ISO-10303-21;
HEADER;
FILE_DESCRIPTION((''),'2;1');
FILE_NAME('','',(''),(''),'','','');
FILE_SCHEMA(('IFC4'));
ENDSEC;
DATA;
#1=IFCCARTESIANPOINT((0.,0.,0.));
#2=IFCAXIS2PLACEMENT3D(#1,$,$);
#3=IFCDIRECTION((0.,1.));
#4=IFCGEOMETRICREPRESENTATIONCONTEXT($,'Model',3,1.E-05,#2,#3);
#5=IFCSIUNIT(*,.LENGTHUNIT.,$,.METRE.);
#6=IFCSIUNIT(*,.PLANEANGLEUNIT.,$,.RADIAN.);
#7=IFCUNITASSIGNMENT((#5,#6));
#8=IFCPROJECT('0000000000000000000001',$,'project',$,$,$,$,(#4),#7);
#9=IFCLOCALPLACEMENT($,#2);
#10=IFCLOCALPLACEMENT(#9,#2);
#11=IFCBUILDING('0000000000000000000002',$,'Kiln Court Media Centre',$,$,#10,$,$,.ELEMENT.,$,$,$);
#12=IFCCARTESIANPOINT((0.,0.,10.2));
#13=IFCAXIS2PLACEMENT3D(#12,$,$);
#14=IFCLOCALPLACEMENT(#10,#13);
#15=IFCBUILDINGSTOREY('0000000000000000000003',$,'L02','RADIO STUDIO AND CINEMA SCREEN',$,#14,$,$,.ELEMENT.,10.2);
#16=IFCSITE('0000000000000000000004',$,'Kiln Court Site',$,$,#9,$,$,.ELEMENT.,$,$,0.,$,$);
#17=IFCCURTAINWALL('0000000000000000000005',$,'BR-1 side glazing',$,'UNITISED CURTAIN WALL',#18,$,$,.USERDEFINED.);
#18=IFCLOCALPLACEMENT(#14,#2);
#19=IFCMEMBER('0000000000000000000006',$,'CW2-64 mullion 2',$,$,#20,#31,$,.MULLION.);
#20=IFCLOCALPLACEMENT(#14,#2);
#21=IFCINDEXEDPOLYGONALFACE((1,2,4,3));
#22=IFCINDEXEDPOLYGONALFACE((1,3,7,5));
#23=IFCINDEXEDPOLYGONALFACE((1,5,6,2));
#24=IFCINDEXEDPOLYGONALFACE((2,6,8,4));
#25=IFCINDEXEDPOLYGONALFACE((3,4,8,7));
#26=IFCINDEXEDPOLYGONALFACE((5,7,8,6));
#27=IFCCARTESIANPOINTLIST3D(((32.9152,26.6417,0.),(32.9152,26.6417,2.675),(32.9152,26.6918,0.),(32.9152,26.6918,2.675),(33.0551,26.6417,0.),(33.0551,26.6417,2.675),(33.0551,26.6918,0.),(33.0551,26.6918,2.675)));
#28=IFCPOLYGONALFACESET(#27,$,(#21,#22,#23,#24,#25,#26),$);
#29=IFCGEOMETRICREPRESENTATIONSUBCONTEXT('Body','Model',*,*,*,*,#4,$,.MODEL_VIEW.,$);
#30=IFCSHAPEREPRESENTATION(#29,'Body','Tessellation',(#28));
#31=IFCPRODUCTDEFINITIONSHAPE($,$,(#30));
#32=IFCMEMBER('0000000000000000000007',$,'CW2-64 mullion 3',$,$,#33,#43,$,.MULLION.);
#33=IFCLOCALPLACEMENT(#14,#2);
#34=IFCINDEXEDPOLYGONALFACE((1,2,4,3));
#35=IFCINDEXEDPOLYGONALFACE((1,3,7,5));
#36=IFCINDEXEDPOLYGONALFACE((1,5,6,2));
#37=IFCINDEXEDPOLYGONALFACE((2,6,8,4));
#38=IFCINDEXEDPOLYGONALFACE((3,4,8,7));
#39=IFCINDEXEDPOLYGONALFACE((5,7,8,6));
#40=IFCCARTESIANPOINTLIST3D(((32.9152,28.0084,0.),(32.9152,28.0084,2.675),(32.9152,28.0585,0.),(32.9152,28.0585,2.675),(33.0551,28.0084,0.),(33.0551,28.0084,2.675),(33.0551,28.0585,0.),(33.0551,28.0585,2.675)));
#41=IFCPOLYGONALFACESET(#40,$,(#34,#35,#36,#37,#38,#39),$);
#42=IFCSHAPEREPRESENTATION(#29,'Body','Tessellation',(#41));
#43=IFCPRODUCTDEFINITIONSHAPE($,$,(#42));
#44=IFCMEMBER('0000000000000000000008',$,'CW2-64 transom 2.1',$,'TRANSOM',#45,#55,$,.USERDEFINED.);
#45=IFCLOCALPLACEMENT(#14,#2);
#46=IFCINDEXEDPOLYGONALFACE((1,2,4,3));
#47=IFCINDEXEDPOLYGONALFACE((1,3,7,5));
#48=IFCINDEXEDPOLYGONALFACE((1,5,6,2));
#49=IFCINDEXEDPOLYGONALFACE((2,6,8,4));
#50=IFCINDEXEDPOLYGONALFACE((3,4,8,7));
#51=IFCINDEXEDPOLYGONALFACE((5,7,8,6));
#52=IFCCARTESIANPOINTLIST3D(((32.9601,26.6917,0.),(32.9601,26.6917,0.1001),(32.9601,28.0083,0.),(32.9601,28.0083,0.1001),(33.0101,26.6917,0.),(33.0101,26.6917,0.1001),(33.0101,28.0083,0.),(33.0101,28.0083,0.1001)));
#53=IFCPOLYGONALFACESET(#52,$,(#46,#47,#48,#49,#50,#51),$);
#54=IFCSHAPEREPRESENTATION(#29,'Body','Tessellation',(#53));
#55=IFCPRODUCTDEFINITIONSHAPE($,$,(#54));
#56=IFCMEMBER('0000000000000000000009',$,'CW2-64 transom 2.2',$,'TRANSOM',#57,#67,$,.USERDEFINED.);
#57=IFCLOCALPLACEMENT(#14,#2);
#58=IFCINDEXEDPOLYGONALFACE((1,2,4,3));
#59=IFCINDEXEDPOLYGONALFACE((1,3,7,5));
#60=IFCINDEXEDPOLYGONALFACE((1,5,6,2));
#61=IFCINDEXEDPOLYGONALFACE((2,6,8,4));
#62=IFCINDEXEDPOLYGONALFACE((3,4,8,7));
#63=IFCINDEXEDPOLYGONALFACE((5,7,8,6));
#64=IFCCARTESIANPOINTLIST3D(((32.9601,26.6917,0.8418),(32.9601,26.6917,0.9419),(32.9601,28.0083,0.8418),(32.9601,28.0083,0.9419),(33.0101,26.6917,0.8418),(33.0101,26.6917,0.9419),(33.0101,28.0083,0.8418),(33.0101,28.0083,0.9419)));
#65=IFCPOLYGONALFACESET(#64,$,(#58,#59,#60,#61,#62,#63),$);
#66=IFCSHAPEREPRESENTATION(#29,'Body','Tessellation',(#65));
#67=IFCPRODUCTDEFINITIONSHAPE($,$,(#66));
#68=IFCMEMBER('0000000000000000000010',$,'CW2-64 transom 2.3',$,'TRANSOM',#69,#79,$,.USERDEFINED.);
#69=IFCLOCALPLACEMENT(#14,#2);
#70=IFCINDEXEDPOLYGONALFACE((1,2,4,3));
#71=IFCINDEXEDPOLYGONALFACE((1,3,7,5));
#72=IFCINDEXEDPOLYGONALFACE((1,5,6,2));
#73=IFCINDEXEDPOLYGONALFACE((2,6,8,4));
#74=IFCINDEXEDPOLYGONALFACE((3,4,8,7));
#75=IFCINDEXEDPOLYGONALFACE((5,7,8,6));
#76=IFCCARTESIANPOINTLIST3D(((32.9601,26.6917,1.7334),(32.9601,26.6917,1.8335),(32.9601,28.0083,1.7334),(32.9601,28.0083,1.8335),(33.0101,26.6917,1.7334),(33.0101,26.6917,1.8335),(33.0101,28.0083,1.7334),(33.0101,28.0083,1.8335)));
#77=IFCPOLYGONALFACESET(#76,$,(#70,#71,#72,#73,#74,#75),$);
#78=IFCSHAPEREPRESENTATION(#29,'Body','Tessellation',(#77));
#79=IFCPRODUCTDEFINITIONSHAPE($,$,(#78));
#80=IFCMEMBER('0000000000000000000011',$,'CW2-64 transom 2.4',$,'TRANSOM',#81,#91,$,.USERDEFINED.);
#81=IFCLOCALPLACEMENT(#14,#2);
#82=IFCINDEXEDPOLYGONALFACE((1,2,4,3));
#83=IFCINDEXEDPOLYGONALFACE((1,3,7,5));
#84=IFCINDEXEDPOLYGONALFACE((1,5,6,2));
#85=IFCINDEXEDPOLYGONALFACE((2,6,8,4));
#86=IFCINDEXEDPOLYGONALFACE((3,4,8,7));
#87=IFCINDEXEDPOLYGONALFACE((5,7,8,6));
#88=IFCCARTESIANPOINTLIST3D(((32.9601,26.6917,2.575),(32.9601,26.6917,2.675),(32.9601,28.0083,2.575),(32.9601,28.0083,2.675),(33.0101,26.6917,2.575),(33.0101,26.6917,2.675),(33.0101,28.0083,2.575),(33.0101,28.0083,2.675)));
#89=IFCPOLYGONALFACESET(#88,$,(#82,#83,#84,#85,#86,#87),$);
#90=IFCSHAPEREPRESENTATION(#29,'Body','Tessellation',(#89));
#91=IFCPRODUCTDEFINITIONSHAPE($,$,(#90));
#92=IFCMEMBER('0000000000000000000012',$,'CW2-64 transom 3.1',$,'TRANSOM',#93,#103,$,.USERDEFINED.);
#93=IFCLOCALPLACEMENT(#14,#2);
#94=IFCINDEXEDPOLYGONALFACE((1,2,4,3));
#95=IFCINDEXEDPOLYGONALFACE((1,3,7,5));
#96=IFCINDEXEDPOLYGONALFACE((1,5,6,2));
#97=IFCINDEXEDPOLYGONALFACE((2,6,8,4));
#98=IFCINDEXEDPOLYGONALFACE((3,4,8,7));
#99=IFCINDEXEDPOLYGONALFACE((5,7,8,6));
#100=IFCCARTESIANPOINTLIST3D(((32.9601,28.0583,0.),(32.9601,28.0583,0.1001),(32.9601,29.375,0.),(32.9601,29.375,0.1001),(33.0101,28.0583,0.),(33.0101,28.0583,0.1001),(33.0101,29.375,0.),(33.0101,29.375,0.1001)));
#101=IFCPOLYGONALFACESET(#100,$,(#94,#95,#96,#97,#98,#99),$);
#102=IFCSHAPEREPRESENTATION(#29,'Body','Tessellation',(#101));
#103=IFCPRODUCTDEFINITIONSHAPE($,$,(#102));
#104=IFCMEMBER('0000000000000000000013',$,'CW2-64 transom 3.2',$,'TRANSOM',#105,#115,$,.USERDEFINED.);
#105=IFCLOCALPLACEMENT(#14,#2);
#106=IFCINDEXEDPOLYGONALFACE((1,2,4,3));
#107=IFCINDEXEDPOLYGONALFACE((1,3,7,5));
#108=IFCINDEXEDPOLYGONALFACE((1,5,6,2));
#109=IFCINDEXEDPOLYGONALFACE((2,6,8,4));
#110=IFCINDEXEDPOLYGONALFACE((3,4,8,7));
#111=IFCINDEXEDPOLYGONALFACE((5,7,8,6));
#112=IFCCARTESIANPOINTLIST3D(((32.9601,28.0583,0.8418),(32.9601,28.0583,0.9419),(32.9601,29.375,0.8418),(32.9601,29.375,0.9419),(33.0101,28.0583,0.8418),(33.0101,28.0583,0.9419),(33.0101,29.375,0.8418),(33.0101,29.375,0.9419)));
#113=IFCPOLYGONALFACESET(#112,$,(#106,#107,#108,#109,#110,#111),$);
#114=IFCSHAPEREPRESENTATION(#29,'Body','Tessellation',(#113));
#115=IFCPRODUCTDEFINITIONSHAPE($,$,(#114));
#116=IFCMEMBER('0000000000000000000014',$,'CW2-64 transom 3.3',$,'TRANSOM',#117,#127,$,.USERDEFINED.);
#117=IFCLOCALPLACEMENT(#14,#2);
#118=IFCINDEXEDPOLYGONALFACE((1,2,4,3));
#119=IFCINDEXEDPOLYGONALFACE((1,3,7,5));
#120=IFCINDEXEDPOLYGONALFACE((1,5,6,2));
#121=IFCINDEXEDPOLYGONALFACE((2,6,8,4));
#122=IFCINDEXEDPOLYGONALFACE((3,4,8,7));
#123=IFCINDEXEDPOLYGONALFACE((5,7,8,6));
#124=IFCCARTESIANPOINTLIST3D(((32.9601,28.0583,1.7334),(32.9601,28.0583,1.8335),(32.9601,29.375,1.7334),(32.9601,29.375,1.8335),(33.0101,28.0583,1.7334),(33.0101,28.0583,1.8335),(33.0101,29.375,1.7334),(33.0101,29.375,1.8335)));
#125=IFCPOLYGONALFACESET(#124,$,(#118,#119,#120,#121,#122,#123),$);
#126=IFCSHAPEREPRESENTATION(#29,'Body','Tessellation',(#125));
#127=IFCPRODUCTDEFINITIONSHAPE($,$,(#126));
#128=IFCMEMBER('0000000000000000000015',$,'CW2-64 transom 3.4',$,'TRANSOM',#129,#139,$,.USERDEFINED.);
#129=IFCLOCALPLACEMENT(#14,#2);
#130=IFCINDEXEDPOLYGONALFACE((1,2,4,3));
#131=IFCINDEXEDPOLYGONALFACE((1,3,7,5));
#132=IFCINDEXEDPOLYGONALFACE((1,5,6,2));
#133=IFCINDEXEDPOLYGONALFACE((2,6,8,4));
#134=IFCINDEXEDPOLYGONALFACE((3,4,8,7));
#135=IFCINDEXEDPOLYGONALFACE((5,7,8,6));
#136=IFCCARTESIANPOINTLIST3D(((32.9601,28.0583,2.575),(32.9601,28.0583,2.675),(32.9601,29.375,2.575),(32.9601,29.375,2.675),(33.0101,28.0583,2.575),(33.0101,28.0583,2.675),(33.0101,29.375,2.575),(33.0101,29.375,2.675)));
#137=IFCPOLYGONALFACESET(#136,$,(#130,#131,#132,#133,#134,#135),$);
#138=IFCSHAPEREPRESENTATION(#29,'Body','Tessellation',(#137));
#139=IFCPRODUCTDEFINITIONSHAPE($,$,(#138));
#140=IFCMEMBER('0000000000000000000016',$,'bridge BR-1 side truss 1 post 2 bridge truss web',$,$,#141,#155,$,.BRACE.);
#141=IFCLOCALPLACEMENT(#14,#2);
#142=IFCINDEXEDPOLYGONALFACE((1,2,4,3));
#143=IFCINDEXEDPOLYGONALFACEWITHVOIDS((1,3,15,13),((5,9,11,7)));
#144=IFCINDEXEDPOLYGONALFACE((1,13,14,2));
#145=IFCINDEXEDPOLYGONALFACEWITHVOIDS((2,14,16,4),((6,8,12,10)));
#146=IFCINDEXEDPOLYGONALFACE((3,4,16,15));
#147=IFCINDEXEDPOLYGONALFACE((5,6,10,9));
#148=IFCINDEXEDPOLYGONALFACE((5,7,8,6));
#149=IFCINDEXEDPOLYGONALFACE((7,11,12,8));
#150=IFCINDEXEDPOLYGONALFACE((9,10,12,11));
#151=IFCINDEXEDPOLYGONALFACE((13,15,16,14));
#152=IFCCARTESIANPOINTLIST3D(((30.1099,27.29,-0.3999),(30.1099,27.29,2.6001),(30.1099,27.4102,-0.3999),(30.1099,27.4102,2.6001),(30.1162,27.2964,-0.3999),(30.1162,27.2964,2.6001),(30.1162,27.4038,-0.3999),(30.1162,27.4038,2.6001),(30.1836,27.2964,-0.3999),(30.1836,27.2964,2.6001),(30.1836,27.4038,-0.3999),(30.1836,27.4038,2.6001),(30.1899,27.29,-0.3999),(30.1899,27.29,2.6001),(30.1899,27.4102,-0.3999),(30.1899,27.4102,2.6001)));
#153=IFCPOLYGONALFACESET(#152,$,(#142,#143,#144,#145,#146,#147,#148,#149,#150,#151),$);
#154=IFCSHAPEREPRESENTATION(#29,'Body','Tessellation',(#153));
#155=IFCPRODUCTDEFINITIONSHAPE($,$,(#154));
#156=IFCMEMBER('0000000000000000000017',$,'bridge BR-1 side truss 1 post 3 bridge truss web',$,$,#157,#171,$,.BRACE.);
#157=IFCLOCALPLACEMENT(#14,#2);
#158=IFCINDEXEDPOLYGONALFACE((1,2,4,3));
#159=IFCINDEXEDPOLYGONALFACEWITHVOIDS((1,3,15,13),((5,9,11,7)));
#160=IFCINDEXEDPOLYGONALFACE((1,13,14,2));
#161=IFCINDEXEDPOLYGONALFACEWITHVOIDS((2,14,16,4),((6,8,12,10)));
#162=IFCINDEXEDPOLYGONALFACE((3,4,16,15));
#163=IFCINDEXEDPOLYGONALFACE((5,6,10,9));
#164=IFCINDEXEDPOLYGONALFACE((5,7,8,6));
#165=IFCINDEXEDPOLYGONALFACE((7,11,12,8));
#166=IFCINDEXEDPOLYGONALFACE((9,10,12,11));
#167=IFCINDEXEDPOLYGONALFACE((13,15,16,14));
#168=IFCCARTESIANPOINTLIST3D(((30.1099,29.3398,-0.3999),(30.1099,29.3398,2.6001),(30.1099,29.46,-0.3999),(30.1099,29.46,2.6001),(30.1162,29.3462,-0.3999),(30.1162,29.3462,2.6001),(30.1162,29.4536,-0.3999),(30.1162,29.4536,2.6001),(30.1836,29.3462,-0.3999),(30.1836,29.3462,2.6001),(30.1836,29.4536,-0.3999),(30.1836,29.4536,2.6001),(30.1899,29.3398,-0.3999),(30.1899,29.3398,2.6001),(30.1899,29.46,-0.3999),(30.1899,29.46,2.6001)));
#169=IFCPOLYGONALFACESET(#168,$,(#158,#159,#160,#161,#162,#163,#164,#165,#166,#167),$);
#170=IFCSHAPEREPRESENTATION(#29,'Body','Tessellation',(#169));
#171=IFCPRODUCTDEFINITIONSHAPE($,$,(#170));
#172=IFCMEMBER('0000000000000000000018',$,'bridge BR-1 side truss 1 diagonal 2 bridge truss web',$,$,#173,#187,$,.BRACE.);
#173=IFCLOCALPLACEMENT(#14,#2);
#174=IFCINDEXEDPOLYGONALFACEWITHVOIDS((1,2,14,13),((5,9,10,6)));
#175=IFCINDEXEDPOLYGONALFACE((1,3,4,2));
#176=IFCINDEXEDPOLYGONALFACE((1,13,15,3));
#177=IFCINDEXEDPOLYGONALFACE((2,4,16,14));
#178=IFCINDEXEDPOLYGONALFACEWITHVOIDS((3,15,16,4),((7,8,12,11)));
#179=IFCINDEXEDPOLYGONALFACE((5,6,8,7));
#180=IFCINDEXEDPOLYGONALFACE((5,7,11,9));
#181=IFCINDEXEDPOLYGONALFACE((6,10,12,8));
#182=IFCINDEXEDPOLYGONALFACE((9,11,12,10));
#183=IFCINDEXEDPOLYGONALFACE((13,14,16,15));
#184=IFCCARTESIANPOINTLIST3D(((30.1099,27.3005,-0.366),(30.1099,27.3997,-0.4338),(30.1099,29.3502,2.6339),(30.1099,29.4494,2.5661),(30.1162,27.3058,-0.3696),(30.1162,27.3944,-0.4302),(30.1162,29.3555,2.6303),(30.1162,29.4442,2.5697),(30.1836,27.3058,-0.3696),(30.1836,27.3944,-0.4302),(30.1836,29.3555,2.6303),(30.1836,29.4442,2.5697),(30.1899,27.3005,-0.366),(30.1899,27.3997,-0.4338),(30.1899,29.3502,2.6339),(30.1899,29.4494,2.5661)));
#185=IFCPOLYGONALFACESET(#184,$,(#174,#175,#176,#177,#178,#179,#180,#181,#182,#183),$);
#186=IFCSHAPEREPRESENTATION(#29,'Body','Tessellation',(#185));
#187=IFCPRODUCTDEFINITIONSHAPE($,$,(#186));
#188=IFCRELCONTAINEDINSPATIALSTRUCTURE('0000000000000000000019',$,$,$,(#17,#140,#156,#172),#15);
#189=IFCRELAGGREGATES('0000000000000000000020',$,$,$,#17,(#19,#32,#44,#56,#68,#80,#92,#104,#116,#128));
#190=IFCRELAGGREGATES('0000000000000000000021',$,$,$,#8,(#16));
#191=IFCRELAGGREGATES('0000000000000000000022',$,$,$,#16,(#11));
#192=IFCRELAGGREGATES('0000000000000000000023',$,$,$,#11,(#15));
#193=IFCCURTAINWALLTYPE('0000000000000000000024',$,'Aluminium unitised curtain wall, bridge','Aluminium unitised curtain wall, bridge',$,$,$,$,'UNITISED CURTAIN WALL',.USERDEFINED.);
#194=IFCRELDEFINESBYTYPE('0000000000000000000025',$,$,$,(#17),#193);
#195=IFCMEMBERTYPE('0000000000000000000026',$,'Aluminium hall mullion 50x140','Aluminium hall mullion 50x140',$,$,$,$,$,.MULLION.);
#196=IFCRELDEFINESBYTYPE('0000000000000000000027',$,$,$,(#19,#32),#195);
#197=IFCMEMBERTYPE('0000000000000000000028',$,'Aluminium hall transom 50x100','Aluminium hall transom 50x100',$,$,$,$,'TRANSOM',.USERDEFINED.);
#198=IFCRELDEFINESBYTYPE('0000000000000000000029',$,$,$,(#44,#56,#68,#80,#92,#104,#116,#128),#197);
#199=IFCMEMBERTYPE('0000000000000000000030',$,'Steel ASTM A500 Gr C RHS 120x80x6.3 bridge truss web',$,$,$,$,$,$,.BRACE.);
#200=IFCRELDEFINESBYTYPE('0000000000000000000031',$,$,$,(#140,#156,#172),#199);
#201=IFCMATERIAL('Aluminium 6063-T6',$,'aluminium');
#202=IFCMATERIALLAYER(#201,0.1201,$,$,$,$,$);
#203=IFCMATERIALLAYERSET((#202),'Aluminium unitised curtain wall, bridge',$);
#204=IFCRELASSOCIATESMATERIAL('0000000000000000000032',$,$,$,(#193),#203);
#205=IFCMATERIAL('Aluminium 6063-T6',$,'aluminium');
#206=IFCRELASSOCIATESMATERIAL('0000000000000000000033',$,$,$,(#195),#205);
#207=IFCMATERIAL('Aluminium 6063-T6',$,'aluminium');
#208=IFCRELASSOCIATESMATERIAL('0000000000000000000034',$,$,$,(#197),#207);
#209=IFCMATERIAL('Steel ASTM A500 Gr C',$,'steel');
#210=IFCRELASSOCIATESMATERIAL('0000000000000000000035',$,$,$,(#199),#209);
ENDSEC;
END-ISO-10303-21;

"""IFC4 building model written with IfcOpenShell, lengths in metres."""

from ifc_helpers import new_model, si_unit, direction, frame, origin, origin_2d, place, context, subcontext, project, spatial, rectangle, hollow_rectangle, extrude, material, layer, layer_set, material_profile, profile_set, type_object, element, aggregate, save


model = new_model("IFC4")

# Units and contexts
model_context = context("Model", 3, precision=1e-05, world=origin(), true_north=direction((0.0, 1.0)))
body_context = subcontext(model_context, "Body", "Model", "MODEL_VIEW")
ifc_project = project(units=[si_unit("LENGTHUNIT", "METRE"), si_unit("PLANEANGLEUNIT", "RADIAN")], contexts=[model_context])

# Site, building, storey
site_placement = place(None, origin())
site = spatial("IfcSite", under=ifc_project, at=site_placement, Name="Kiln Court Site", CompositionType="ELEMENT", RefElevation=0.0)
building_placement = place(site_placement, origin())
building = spatial("IfcBuilding", under=site, at=building_placement, Name="Kiln Court Media Centre", CompositionType="ELEMENT")
storey_placement = place(building_placement, frame((0.0, 0.0, 10.2)))
storey = spatial("IfcBuildingStorey", under=building, at=storey_placement, Name="L02", Description="RADIO STUDIO AND CINEMA SCREEN", CompositionType="ELEMENT", Elevation=10.2)

# Curtain wall, members
ifc_material_1 = material(Name="Aluminium 6063-T6", Category="aluminium")
ifc_layer_1 = layer(ifc_material_1, 0.1201)
ifc_layer_set_1 = layer_set([ifc_layer_1], Name="Aluminium unitised curtain wall, bridge")
curtain_wall_type = type_object("IfcCurtainWallType", Name="Aluminium unitised curtain wall, bridge", Description="Aluminium unitised curtain wall, bridge", ElementType="UNITISED CURTAIN WALL", PredefinedType="USERDEFINED", material=ifc_layer_set_1)
curtain_wall_placement = place(storey_placement, origin())
curtain_wall = element("IfcCurtainWall", 1, at=curtain_wall_placement, inside=storey, type_object=curtain_wall_type, Name="BR-1 side glazing", ObjectType="UNITISED CURTAIN WALL", PredefinedType="USERDEFINED")
ifc_material_2 = material(Name="Aluminium 6063-T6", Category="aluminium")
ifc_material_profile_1 = material_profile(ifc_material_2, rectangle(XDim=0.05, YDim=0.1399, at=origin_2d()), Name="Aluminium hall mullion 50x140")
ifc_profile_set_1 = profile_set([ifc_material_profile_1], Name="Aluminium 6063-T6")
member_type_1 = type_object("IfcMemberType", Name="Aluminium hall mullion 50x140", Description="Aluminium hall mullion 50x140", PredefinedType="MULLION", material=ifc_profile_set_1)
member_1_placement = place(storey_placement, frame((32.9851, 26.6667, 0.0), z_axis=(0.0, 0.0, 1.0), x_axis=(0.0, 1.0, 0.0)))
member_1 = element("IfcMember", 2, at=member_1_placement, type_object=member_type_1, Name="CW2-64 mullion 2", PredefinedType="MULLION", context=body_context, shape_type="SweptSolid", body=[
    extrude(rectangle(XDim=0.05, YDim=0.1399, at=origin_2d()), origin(), (0.0, 0.0, 1.0), 2.675),
])
member_2_placement = place(storey_placement, frame((32.9851, 28.0334, 0.0), z_axis=(0.0, 0.0, 1.0), x_axis=(0.0, 1.0, 0.0)))
member_2 = element("IfcMember", 3, at=member_2_placement, type_object=member_type_1, Name="CW2-64 mullion 3", PredefinedType="MULLION", context=body_context, shape_type="SweptSolid", body=[
    extrude(rectangle(XDim=0.05, YDim=0.1399, at=origin_2d()), origin(), (0.0, 0.0, 1.0), 2.675),
])
ifc_material_3 = material(Name="Aluminium 6063-T6", Category="aluminium")
ifc_material_profile_2 = material_profile(ifc_material_3, rectangle(XDim=0.05, YDim=0.1001, at=origin_2d()), Name="Aluminium hall transom 50x100")
ifc_profile_set_2 = profile_set([ifc_material_profile_2], Name="Aluminium 6063-T6")
member_type_2 = type_object("IfcMemberType", Name="Aluminium hall transom 50x100", Description="Aluminium hall transom 50x100", ElementType="TRANSOM", PredefinedType="USERDEFINED", material=ifc_profile_set_2)
member_3_placement = place(storey_placement, frame((32.9851, 26.6917, 0.05), z_axis=(0.0, 1.0, 0.0), x_axis=(-1.0, 0.0, 0.0)))
member_3 = element("IfcMember", 4, at=member_3_placement, type_object=member_type_2, Name="CW2-64 transom 2.1", ObjectType="TRANSOM", PredefinedType="USERDEFINED", context=body_context, shape_type="SweptSolid", body=[
    extrude(rectangle(XDim=0.05, YDim=0.1001, at=origin_2d()), origin(), (0.0, 0.0, 1.0), 1.3167),
])
member_4_placement = place(storey_placement, frame((32.9851, 26.6917, 0.8918), z_axis=(0.0, 1.0, 0.0), x_axis=(-1.0, 0.0, 0.0)))
member_4 = element("IfcMember", 5, at=member_4_placement, type_object=member_type_2, Name="CW2-64 transom 2.2", ObjectType="TRANSOM", PredefinedType="USERDEFINED", context=body_context, shape_type="SweptSolid", body=[
    extrude(rectangle(XDim=0.05, YDim=0.1001, at=origin_2d()), origin(), (0.0, 0.0, 1.0), 1.3167),
])
member_5_placement = place(storey_placement, frame((32.9851, 26.6917, 1.7834), z_axis=(0.0, 1.0, 0.0), x_axis=(-1.0, 0.0, 0.0)))
member_5 = element("IfcMember", 6, at=member_5_placement, type_object=member_type_2, Name="CW2-64 transom 2.3", ObjectType="TRANSOM", PredefinedType="USERDEFINED", context=body_context, shape_type="SweptSolid", body=[
    extrude(rectangle(XDim=0.05, YDim=0.1001, at=origin_2d()), origin(), (0.0, 0.0, 1.0), 1.3167),
])
member_6_placement = place(storey_placement, frame((32.9851, 26.6917, 2.625), z_axis=(0.0, 1.0, 0.0), x_axis=(-1.0, 0.0, 0.0)))
member_6 = element("IfcMember", 7, at=member_6_placement, type_object=member_type_2, Name="CW2-64 transom 2.4", ObjectType="TRANSOM", PredefinedType="USERDEFINED", context=body_context, shape_type="SweptSolid", body=[
    extrude(rectangle(XDim=0.05, YDim=0.1001, at=origin_2d()), origin(), (0.0, 0.0, 1.0), 1.3167),
])
member_7_placement = place(storey_placement, frame((32.9851, 28.0583, 0.05), z_axis=(0.0, 1.0, 0.0), x_axis=(-1.0, 0.0, 0.0)))
member_7 = element("IfcMember", 8, at=member_7_placement, type_object=member_type_2, Name="CW2-64 transom 3.1", ObjectType="TRANSOM", PredefinedType="USERDEFINED", context=body_context, shape_type="SweptSolid", body=[
    extrude(rectangle(XDim=0.05, YDim=0.1001, at=origin_2d()), origin(), (0.0, 0.0, 1.0), 1.3167),
])
member_8_placement = place(storey_placement, frame((32.9851, 28.0583, 0.8918), z_axis=(0.0, 1.0, 0.0), x_axis=(-1.0, 0.0, 0.0)))
member_8 = element("IfcMember", 9, at=member_8_placement, type_object=member_type_2, Name="CW2-64 transom 3.2", ObjectType="TRANSOM", PredefinedType="USERDEFINED", context=body_context, shape_type="SweptSolid", body=[
    extrude(rectangle(XDim=0.05, YDim=0.1001, at=origin_2d()), origin(), (0.0, 0.0, 1.0), 1.3167),
])
member_9_placement = place(storey_placement, frame((32.9851, 28.0583, 1.7834), z_axis=(0.0, 1.0, 0.0), x_axis=(-1.0, 0.0, 0.0)))
member_9 = element("IfcMember", 10, at=member_9_placement, type_object=member_type_2, Name="CW2-64 transom 3.3", ObjectType="TRANSOM", PredefinedType="USERDEFINED", context=body_context, shape_type="SweptSolid", body=[
    extrude(rectangle(XDim=0.05, YDim=0.1001, at=origin_2d()), origin(), (0.0, 0.0, 1.0), 1.3167),
])
member_10_placement = place(storey_placement, frame((32.9851, 28.0583, 2.625), z_axis=(0.0, 1.0, 0.0), x_axis=(-1.0, 0.0, 0.0)))
member_10 = element("IfcMember", 11, at=member_10_placement, type_object=member_type_2, Name="CW2-64 transom 3.4", ObjectType="TRANSOM", PredefinedType="USERDEFINED", context=body_context, shape_type="SweptSolid", body=[
    extrude(rectangle(XDim=0.05, YDim=0.1001, at=origin_2d()), origin(), (0.0, 0.0, 1.0), 1.3167),
])

# Members
ifc_material_4 = material(Name="Steel ASTM A500 Gr C", Category="steel")
ifc_material_profile_3 = material_profile(ifc_material_4, hollow_rectangle(XDim=0.0801, YDim=0.1201, WallThickness=0.0063, at=origin_2d()), Name="RHS 120x80x6.3")
ifc_profile_set_3 = profile_set([ifc_material_profile_3], Name="Steel ASTM A500 Gr C")
member_type_3 = type_object("IfcMemberType", Name="Steel ASTM A500 Gr C RHS 120x80x6.3 bridge truss web", PredefinedType="BRACE", material=ifc_profile_set_3)
for number, where, z_axis, x_axis, name in (
    (12, (30.1499, 27.3501, -0.3999), (0.0, 0.0, 1.0), (1.0, 0.0, 0.0), "bridge BR-1 side truss 1 post 2 bridge truss web"),
    (13, (30.1499, 29.3999, -0.3999), (0.0, 0.0, 1.0), (1.0, 0.0, 0.0), "bridge BR-1 side truss 1 post 3 bridge truss web"),
):
    element("IfcMember", number, at=place(storey_placement, frame(where, z_axis=z_axis, x_axis=x_axis)), inside=storey, type_object=member_type_3, Name=name, PredefinedType="BRACE", context=body_context, shape_type="SweptSolid", body=[
        extrude(hollow_rectangle(XDim=0.0801, YDim=0.1201, WallThickness=0.0063, at=origin_2d()), origin(), (0.0, 0.0, 1.0), 3.0),
    ])
member_11_placement = place(storey_placement, frame((30.1499, 27.3501, -0.3999), z_axis=(0.0, 0.564154, 0.82567), x_axis=(-1.0, 0.0, 0.0)))
element("IfcMember", 14, at=member_11_placement, inside=storey, type_object=member_type_3, Name="bridge BR-1 side truss 1 diagonal 2 bridge truss web", PredefinedType="BRACE", context=body_context, shape_type="SweptSolid", body=[
    extrude(hollow_rectangle(XDim=0.0801, YDim=0.1201, WallThickness=0.0063, at=origin_2d()), origin(), (0.0, 0.0, 1.0), 3.6333),
])

aggregate(curtain_wall, [member_1, member_2, member_3, member_4, member_5, member_6, member_7, member_8, member_9, member_10])

save(model, "model.ifc")
